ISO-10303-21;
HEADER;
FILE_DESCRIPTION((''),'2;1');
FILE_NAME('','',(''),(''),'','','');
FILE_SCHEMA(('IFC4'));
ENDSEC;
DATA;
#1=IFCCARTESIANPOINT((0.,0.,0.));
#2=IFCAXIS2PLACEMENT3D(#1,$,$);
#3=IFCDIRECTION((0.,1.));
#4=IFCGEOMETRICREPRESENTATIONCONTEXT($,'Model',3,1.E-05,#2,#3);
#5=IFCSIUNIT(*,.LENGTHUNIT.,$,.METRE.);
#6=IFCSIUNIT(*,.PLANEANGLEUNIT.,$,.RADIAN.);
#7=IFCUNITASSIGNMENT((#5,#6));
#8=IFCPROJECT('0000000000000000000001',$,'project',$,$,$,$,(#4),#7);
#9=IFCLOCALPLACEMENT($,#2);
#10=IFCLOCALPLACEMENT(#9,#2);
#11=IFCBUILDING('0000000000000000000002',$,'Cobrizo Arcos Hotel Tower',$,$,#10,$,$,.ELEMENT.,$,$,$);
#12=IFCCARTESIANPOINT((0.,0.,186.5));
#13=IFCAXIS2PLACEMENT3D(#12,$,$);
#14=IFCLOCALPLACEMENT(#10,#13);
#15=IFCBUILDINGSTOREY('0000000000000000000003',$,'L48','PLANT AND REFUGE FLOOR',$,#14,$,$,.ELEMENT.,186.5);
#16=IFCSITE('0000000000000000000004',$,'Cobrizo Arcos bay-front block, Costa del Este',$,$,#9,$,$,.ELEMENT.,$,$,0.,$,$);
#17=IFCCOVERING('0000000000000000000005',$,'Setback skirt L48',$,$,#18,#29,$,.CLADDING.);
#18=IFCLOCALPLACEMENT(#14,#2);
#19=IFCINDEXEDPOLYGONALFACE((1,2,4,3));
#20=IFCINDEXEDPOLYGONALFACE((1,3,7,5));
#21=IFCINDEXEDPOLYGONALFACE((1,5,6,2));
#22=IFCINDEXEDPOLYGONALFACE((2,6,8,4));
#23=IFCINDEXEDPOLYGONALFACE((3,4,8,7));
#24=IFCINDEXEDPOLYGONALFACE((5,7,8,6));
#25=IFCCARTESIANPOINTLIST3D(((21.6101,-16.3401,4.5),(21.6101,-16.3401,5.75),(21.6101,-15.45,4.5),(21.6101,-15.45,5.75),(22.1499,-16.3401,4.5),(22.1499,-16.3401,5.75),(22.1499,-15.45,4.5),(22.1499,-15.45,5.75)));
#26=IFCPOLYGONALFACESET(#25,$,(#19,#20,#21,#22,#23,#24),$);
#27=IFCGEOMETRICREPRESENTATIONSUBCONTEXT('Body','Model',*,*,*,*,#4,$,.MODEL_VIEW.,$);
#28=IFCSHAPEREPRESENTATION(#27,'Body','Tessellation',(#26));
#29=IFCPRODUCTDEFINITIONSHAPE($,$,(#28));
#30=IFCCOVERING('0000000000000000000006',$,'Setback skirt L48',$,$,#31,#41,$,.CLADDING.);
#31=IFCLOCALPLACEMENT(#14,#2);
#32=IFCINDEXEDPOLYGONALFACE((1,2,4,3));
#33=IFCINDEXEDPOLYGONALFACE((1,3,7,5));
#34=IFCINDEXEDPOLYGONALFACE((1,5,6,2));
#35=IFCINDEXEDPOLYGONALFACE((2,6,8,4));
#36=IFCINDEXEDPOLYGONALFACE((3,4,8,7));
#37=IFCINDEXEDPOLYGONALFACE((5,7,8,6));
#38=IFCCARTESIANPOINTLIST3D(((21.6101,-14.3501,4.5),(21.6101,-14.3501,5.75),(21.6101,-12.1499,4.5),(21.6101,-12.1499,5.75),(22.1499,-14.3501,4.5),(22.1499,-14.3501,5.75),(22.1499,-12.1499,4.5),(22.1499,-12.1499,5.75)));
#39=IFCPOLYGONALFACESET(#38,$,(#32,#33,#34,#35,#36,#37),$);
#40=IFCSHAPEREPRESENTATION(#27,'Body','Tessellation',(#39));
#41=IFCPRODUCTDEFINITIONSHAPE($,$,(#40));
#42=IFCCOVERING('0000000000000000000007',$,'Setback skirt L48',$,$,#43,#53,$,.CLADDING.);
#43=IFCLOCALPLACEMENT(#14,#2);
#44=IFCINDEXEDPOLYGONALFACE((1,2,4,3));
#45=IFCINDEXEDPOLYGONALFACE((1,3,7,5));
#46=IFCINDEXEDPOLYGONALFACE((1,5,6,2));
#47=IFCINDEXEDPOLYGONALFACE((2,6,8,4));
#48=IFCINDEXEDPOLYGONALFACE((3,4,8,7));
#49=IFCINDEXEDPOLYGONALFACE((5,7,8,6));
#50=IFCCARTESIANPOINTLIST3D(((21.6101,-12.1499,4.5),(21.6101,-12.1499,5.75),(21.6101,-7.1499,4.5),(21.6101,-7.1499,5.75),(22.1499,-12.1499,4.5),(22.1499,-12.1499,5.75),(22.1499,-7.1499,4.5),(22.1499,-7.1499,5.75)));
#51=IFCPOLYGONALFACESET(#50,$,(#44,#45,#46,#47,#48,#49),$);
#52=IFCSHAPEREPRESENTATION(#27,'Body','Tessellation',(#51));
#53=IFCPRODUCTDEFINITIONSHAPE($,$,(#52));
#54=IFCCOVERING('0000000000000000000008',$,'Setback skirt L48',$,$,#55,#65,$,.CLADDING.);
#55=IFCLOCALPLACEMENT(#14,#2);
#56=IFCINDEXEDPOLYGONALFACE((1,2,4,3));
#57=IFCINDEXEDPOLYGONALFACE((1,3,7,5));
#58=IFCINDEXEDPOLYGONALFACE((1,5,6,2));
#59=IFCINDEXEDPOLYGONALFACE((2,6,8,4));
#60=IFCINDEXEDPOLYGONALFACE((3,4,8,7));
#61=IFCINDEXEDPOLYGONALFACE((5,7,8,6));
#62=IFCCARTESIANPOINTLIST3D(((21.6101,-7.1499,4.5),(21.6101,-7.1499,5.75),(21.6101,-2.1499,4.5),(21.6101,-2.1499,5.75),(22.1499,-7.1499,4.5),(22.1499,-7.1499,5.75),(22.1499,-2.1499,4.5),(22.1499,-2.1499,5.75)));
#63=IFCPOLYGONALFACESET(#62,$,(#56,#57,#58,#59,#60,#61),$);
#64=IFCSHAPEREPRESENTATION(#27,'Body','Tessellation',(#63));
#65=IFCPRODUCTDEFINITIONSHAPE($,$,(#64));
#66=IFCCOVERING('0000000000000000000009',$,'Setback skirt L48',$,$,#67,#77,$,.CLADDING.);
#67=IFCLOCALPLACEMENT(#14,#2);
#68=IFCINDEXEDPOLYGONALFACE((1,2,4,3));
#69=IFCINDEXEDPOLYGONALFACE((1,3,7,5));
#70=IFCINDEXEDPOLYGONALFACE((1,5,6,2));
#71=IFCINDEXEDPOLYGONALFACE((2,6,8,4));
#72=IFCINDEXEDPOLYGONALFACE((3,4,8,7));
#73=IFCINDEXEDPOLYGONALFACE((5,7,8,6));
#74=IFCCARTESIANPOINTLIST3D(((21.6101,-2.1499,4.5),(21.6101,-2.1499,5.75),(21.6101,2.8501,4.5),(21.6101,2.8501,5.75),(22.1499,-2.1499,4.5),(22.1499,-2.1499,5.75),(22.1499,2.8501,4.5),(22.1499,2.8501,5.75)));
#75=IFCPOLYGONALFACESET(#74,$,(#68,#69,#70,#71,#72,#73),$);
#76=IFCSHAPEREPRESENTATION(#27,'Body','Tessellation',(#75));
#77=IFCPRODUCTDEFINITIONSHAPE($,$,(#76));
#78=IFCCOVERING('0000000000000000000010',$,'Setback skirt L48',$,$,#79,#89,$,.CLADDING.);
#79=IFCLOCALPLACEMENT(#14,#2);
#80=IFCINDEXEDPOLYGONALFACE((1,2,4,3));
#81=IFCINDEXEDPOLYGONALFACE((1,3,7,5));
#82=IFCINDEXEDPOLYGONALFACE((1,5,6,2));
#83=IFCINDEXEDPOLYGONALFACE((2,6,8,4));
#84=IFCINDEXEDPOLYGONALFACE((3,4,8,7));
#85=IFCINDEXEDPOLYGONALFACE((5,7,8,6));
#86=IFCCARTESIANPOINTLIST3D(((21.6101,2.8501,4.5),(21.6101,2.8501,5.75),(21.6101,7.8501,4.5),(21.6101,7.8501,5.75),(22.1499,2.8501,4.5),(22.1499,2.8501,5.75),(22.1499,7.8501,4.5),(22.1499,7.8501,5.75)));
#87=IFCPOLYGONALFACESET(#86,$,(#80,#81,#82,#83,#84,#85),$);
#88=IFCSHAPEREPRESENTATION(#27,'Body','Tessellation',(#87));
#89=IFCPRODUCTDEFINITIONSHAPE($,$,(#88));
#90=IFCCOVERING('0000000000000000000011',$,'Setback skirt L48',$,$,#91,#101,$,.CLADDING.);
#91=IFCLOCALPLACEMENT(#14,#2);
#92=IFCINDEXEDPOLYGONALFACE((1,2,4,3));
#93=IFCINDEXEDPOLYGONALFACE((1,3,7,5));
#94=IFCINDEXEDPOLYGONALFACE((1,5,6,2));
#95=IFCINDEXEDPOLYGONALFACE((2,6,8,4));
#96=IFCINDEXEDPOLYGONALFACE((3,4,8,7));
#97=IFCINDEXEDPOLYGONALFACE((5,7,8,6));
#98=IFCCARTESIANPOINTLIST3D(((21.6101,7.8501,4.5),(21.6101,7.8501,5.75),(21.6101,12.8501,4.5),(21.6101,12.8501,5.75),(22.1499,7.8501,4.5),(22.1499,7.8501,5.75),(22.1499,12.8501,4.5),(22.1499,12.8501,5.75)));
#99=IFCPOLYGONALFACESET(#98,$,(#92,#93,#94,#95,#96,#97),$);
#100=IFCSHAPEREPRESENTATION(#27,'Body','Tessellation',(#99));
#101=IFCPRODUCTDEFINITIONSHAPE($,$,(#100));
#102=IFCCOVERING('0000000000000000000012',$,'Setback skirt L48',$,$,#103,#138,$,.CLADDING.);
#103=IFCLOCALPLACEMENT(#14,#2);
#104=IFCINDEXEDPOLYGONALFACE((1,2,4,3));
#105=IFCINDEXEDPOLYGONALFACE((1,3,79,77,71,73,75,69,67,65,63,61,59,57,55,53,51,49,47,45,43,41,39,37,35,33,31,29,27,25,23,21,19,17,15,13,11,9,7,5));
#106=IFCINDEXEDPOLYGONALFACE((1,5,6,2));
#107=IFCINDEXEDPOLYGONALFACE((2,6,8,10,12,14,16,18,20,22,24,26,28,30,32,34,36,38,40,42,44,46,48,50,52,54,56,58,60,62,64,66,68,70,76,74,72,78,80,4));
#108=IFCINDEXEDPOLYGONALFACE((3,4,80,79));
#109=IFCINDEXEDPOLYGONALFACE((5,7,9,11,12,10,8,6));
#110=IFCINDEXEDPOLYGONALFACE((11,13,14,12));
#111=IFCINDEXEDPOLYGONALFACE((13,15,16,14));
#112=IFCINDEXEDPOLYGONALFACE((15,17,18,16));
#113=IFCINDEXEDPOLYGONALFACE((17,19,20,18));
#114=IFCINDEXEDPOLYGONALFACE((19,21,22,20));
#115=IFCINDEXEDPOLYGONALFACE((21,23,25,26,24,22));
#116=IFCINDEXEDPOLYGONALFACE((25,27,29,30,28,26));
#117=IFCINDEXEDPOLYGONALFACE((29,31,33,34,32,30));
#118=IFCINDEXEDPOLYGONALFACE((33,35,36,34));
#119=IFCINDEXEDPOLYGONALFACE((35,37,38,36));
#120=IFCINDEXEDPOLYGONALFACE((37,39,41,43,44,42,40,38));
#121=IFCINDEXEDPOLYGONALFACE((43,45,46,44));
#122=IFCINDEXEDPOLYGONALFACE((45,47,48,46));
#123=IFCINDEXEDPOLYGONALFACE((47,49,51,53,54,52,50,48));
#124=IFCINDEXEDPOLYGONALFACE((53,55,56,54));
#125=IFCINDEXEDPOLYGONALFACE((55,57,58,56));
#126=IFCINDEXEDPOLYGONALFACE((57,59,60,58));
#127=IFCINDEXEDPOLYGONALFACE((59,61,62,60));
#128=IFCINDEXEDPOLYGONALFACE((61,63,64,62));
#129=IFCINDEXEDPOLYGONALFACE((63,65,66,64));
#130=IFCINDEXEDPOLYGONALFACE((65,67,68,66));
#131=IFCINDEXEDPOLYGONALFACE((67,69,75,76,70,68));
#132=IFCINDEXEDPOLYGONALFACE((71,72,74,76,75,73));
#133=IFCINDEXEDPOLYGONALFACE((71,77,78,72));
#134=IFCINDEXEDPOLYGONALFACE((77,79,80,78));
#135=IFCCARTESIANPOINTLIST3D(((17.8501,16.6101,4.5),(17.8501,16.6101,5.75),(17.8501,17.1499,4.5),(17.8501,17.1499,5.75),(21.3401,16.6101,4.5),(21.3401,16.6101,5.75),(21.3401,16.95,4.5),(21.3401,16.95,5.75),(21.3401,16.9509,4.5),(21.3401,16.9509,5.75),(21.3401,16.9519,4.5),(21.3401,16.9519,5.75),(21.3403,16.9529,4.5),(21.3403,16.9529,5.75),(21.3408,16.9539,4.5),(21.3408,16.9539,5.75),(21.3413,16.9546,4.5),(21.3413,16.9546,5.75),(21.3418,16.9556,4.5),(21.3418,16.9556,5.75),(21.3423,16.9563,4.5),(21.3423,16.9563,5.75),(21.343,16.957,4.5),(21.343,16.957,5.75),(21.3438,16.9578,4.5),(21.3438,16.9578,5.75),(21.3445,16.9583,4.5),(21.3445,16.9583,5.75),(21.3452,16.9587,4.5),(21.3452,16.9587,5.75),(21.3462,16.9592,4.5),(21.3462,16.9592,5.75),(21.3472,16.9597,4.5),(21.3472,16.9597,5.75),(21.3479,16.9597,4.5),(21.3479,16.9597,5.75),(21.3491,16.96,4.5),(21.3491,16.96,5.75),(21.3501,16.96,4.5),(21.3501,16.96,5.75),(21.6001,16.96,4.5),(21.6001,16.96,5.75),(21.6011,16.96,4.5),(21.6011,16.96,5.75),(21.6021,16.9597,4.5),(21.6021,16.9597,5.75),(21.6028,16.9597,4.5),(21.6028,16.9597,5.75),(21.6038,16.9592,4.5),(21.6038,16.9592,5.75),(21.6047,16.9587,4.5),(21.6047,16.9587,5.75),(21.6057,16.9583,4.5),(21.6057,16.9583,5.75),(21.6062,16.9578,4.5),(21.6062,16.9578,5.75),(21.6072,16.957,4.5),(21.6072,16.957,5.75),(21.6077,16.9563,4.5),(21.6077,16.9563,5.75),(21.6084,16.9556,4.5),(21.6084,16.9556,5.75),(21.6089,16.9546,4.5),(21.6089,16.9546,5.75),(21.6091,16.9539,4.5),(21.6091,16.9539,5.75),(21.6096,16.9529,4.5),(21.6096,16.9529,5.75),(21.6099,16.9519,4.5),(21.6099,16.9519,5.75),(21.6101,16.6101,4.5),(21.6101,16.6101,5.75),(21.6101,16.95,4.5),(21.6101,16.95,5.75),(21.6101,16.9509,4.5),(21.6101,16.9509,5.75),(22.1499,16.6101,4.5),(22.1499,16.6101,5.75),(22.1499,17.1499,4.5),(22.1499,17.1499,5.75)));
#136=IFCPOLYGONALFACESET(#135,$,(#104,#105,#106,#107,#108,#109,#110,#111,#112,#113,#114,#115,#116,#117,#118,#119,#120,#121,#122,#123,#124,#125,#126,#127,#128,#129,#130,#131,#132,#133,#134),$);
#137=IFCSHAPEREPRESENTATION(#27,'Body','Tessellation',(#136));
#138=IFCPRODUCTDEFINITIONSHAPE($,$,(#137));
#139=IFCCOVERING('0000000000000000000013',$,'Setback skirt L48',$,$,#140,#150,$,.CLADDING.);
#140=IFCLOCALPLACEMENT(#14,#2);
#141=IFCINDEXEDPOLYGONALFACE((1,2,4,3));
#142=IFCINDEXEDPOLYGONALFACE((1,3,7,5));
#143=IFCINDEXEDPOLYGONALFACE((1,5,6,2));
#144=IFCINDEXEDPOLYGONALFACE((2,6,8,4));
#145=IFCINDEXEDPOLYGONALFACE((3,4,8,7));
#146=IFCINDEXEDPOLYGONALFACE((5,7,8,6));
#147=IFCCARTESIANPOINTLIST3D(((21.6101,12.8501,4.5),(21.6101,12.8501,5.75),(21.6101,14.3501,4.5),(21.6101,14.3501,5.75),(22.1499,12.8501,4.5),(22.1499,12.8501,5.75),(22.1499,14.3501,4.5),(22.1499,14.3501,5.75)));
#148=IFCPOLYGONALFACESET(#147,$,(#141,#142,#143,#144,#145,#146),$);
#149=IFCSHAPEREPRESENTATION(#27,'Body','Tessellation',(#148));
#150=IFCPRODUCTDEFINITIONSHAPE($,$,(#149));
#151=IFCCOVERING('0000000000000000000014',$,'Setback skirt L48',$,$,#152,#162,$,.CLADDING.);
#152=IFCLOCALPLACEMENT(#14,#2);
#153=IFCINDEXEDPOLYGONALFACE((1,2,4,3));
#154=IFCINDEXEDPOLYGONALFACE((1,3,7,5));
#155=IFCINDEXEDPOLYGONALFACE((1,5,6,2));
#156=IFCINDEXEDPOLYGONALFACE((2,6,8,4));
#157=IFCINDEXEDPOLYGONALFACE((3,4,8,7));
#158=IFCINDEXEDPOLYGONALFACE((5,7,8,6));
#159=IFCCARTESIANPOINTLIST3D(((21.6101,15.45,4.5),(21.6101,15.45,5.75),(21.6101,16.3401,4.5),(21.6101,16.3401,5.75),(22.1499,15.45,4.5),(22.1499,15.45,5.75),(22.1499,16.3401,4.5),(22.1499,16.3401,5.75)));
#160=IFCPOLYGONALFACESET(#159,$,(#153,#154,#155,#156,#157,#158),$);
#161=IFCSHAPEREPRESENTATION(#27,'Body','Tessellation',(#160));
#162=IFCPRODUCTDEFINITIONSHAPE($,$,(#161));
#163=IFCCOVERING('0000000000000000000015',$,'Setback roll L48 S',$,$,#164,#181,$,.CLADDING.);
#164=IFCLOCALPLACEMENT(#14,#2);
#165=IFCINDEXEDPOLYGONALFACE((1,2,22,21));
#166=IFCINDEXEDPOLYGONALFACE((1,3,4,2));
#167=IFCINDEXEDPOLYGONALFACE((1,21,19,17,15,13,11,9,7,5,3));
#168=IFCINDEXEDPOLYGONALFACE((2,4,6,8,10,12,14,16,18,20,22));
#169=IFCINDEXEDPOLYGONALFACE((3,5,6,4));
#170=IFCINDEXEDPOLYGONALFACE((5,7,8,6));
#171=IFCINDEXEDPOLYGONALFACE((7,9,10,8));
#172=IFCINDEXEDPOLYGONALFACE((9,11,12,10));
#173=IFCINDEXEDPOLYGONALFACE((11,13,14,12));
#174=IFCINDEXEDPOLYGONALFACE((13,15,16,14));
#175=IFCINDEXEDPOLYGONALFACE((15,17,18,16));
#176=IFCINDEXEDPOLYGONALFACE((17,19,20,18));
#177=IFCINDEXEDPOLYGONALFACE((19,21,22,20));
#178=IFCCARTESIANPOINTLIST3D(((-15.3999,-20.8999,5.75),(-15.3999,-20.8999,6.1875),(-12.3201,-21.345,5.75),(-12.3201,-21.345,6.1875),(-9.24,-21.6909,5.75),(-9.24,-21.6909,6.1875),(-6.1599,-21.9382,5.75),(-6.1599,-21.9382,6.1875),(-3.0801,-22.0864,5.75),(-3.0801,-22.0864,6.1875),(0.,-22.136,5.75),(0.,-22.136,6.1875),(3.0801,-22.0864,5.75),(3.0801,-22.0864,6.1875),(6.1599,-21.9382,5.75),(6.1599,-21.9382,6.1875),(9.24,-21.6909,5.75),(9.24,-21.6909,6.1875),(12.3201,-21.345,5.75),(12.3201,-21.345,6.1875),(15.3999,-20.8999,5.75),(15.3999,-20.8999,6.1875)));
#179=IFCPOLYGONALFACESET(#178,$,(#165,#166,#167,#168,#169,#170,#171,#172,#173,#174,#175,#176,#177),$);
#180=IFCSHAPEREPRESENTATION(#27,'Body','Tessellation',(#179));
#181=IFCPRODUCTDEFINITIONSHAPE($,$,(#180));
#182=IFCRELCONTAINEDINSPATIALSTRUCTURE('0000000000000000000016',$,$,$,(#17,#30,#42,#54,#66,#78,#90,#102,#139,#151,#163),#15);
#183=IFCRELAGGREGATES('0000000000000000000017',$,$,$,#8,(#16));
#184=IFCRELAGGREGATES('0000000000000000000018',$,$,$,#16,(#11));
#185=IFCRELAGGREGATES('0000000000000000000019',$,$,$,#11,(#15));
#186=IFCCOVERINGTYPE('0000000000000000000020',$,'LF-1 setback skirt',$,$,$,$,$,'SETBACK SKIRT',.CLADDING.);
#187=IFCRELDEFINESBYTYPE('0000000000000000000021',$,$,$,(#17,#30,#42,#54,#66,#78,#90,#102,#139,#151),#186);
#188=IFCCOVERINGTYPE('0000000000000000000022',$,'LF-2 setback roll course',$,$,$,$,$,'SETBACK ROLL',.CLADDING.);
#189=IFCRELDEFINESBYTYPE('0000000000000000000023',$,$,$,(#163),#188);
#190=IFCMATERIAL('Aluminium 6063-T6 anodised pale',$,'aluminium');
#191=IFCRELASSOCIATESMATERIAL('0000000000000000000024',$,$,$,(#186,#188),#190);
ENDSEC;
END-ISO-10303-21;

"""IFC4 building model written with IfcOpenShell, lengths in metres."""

from ifc_helpers import new_model, si_unit, direction, frame, origin, place, context, subcontext, project, spatial, polyline, outline, extrude, material, type_object, element, save


model = new_model("IFC4")

# Units and contexts
model_context = context("Model", 3, precision=1e-05, world=origin(), true_north=direction((0.0, 1.0)))
body_context = subcontext(model_context, "Body", "Model", "MODEL_VIEW")
ifc_project = project(units=[si_unit("LENGTHUNIT", "METRE"), si_unit("PLANEANGLEUNIT", "RADIAN")], contexts=[model_context])

# Site, building, storey
site_placement = place(None, origin())
site = spatial("IfcSite", under=ifc_project, at=site_placement, Name="Cobrizo Arcos bay-front block, Costa del Este", CompositionType="ELEMENT", RefElevation=0.0)
building_placement = place(site_placement, origin())
building = spatial("IfcBuilding", under=site, at=building_placement, Name="Cobrizo Arcos Hotel Tower", CompositionType="ELEMENT")
storey_placement = place(building_placement, frame((0.0, 0.0, 186.5)))
storey = spatial("IfcBuildingStorey", under=building, at=storey_placement, Name="L48", Description="PLANT AND REFUGE FLOOR", CompositionType="ELEMENT", Elevation=186.5)

# Coverings
ifc_material = material(Name="Aluminium 6063-T6 anodised pale", Category="aluminium")
covering_type_1 = type_object("IfcCoveringType", Name="LF-1 setback skirt", ElementType="SETBACK SKIRT", PredefinedType="CLADDING", material=ifc_material)
covering_1_placement = place(storey_placement, frame((0.0, 0.0, 4.5)))
element("IfcCovering", 1, at=covering_1_placement, inside=storey, type_object=covering_type_1, Name="Setback skirt L48", PredefinedType="CLADDING", context=body_context, shape_type="SweptSolid", body=[
    extrude(outline(polyline([(21.6101, -15.45), (21.6101, -16.3401), (22.1499, -16.3401), (22.1499, -15.45), (21.6101, -15.45)])), origin(), (0.0, 0.0, 1.0), 1.25),
])
covering_2_placement = place(storey_placement, frame((0.0, 0.0, 4.5)))
element("IfcCovering", 2, at=covering_2_placement, inside=storey, type_object=covering_type_1, Name="Setback skirt L48", PredefinedType="CLADDING", context=body_context, shape_type="SweptSolid", body=[
    extrude(outline(polyline([(22.1499, -14.3501), (22.1499, -12.1499), (21.6101, -12.1499), (21.6101, -14.3501), (22.1499, -14.3501)])), origin(), (0.0, 0.0, 1.0), 1.25),
])
covering_3_placement = place(storey_placement, frame((0.0, 0.0, 4.5)))
element("IfcCovering", 3, at=covering_3_placement, inside=storey, type_object=covering_type_1, Name="Setback skirt L48", PredefinedType="CLADDING", context=body_context, shape_type="SweptSolid", body=[
    extrude(outline(polyline([(22.1499, -12.1499), (22.1499, -7.1499), (21.6101, -7.1499), (21.6101, -12.1499), (22.1499, -12.1499)])), origin(), (0.0, 0.0, 1.0), 1.25),
])
covering_4_placement = place(storey_placement, frame((0.0, 0.0, 4.5)))
element("IfcCovering", 4, at=covering_4_placement, inside=storey, type_object=covering_type_1, Name="Setback skirt L48", PredefinedType="CLADDING", context=body_context, shape_type="SweptSolid", body=[
    extrude(outline(polyline([(22.1499, -7.1499), (22.1499, -2.1499), (21.6101, -2.1499), (21.6101, -7.1499), (22.1499, -7.1499)])), origin(), (0.0, 0.0, 1.0), 1.25),
])
covering_5_placement = place(storey_placement, frame((0.0, 0.0, 4.5)))
element("IfcCovering", 5, at=covering_5_placement, inside=storey, type_object=covering_type_1, Name="Setback skirt L48", PredefinedType="CLADDING", context=body_context, shape_type="SweptSolid", body=[
    extrude(outline(polyline([(22.1499, -2.1499), (22.1499, 2.8501), (21.6101, 2.8501), (21.6101, -2.1499), (22.1499, -2.1499)])), origin(), (0.0, 0.0, 1.0), 1.25),
])
covering_6_placement = place(storey_placement, frame((0.0, 0.0, 4.5)))
element("IfcCovering", 6, at=covering_6_placement, inside=storey, type_object=covering_type_1, Name="Setback skirt L48", PredefinedType="CLADDING", context=body_context, shape_type="SweptSolid", body=[
    extrude(outline(polyline([(22.1499, 2.8501), (22.1499, 7.8501), (21.6101, 7.8501), (21.6101, 2.8501), (22.1499, 2.8501)])), origin(), (0.0, 0.0, 1.0), 1.25),
])
covering_7_placement = place(storey_placement, frame((0.0, 0.0, 4.5)))
element("IfcCovering", 7, at=covering_7_placement, inside=storey, type_object=covering_type_1, Name="Setback skirt L48", PredefinedType="CLADDING", context=body_context, shape_type="SweptSolid", body=[
    extrude(outline(polyline([(22.1499, 7.8501), (22.1499, 12.8501), (21.6101, 12.8501), (21.6101, 7.8501), (22.1499, 7.8501)])), origin(), (0.0, 0.0, 1.0), 1.25),
])
covering_8_placement = place(storey_placement, frame((0.0, 0.0, 4.5)))
element("IfcCovering", 8, at=covering_8_placement, inside=storey, type_object=covering_type_1, Name="Setback skirt L48", PredefinedType="CLADDING", context=body_context, shape_type="SweptSolid", body=[
    extrude(outline(polyline([(22.1499, 17.1499), (17.8501, 17.1499), (17.8501, 16.6101), (21.3401, 16.6101), (21.3401, 16.95), (21.3401, 16.9509), (21.3401, 16.9519), (21.3403, 16.9529), (21.3408, 16.9539), (21.3413, 16.9546), (21.3418, 16.9556), (21.3423, 16.9563), (21.343, 16.957), (21.3438, 16.9578), (21.3445, 16.9583), (21.3452, 16.9587), (21.3462, 16.9592), (21.3472, 16.9597), (21.3479, 16.9597), (21.3491, 16.96), (21.3501, 16.96), (21.6001, 16.96), (21.6011, 16.96), (21.6021, 16.9597), (21.6028, 16.9597), (21.6038, 16.9592), (21.6047, 16.9587), (21.6057, 16.9583), (21.6062, 16.9578), (21.6072, 16.957), (21.6077, 16.9563), (21.6084, 16.9556), (21.6089, 16.9546), (21.6091, 16.9539), (21.6096, 16.9529), (21.6099, 16.9519), (21.6101, 16.9509), (21.6101, 16.95), (21.6101, 16.6101), (22.1499, 16.6101), (22.1499, 17.1499)])), origin(), (0.0, 0.0, 1.0), 1.25),
])
covering_9_placement = place(storey_placement, frame((0.0, 0.0, 4.5)))
element("IfcCovering", 9, at=covering_9_placement, inside=storey, type_object=covering_type_1, Name="Setback skirt L48", PredefinedType="CLADDING", context=body_context, shape_type="SweptSolid", body=[
    extrude(outline(polyline([(22.1499, 14.3501), (21.6101, 14.3501), (21.6101, 12.8501), (22.1499, 12.8501), (22.1499, 14.3501)])), origin(), (0.0, 0.0, 1.0), 1.25),
])
covering_10_placement = place(storey_placement, frame((0.0, 0.0, 4.5)))
element("IfcCovering", 10, at=covering_10_placement, inside=storey, type_object=covering_type_1, Name="Setback skirt L48", PredefinedType="CLADDING", context=body_context, shape_type="SweptSolid", body=[
    extrude(outline(polyline([(22.1499, 16.3401), (21.6101, 16.3401), (21.6101, 15.45), (22.1499, 15.45), (22.1499, 16.3401)])), origin(), (0.0, 0.0, 1.0), 1.25),
])
covering_type_2 = type_object("IfcCoveringType", Name="LF-2 setback roll course", ElementType="SETBACK ROLL", PredefinedType="CLADDING", material=ifc_material)
covering_11_placement = place(storey_placement, frame((0.0, 0.0, 5.75)))
element("IfcCovering", 11, at=covering_11_placement, inside=storey, type_object=covering_type_2, Name="Setback roll L48 S", PredefinedType="CLADDING", context=body_context, shape_type="SweptSolid", body=[
    extrude(outline(polyline([(-15.3999, -20.8999), (-12.3201, -21.345), (-9.24, -21.6909), (-6.1599, -21.9382), (-3.0801, -22.0864), (0.0, -22.136), (3.0801, -22.0864), (6.1599, -21.9382), (9.24, -21.6909), (12.3201, -21.345), (15.3999, -20.8999), (15.3999, -20.8999), (-15.3999, -20.8999)])), origin(), (0.0, 0.0, 1.0), 0.4375),
])

save(model, "model.ifc")
